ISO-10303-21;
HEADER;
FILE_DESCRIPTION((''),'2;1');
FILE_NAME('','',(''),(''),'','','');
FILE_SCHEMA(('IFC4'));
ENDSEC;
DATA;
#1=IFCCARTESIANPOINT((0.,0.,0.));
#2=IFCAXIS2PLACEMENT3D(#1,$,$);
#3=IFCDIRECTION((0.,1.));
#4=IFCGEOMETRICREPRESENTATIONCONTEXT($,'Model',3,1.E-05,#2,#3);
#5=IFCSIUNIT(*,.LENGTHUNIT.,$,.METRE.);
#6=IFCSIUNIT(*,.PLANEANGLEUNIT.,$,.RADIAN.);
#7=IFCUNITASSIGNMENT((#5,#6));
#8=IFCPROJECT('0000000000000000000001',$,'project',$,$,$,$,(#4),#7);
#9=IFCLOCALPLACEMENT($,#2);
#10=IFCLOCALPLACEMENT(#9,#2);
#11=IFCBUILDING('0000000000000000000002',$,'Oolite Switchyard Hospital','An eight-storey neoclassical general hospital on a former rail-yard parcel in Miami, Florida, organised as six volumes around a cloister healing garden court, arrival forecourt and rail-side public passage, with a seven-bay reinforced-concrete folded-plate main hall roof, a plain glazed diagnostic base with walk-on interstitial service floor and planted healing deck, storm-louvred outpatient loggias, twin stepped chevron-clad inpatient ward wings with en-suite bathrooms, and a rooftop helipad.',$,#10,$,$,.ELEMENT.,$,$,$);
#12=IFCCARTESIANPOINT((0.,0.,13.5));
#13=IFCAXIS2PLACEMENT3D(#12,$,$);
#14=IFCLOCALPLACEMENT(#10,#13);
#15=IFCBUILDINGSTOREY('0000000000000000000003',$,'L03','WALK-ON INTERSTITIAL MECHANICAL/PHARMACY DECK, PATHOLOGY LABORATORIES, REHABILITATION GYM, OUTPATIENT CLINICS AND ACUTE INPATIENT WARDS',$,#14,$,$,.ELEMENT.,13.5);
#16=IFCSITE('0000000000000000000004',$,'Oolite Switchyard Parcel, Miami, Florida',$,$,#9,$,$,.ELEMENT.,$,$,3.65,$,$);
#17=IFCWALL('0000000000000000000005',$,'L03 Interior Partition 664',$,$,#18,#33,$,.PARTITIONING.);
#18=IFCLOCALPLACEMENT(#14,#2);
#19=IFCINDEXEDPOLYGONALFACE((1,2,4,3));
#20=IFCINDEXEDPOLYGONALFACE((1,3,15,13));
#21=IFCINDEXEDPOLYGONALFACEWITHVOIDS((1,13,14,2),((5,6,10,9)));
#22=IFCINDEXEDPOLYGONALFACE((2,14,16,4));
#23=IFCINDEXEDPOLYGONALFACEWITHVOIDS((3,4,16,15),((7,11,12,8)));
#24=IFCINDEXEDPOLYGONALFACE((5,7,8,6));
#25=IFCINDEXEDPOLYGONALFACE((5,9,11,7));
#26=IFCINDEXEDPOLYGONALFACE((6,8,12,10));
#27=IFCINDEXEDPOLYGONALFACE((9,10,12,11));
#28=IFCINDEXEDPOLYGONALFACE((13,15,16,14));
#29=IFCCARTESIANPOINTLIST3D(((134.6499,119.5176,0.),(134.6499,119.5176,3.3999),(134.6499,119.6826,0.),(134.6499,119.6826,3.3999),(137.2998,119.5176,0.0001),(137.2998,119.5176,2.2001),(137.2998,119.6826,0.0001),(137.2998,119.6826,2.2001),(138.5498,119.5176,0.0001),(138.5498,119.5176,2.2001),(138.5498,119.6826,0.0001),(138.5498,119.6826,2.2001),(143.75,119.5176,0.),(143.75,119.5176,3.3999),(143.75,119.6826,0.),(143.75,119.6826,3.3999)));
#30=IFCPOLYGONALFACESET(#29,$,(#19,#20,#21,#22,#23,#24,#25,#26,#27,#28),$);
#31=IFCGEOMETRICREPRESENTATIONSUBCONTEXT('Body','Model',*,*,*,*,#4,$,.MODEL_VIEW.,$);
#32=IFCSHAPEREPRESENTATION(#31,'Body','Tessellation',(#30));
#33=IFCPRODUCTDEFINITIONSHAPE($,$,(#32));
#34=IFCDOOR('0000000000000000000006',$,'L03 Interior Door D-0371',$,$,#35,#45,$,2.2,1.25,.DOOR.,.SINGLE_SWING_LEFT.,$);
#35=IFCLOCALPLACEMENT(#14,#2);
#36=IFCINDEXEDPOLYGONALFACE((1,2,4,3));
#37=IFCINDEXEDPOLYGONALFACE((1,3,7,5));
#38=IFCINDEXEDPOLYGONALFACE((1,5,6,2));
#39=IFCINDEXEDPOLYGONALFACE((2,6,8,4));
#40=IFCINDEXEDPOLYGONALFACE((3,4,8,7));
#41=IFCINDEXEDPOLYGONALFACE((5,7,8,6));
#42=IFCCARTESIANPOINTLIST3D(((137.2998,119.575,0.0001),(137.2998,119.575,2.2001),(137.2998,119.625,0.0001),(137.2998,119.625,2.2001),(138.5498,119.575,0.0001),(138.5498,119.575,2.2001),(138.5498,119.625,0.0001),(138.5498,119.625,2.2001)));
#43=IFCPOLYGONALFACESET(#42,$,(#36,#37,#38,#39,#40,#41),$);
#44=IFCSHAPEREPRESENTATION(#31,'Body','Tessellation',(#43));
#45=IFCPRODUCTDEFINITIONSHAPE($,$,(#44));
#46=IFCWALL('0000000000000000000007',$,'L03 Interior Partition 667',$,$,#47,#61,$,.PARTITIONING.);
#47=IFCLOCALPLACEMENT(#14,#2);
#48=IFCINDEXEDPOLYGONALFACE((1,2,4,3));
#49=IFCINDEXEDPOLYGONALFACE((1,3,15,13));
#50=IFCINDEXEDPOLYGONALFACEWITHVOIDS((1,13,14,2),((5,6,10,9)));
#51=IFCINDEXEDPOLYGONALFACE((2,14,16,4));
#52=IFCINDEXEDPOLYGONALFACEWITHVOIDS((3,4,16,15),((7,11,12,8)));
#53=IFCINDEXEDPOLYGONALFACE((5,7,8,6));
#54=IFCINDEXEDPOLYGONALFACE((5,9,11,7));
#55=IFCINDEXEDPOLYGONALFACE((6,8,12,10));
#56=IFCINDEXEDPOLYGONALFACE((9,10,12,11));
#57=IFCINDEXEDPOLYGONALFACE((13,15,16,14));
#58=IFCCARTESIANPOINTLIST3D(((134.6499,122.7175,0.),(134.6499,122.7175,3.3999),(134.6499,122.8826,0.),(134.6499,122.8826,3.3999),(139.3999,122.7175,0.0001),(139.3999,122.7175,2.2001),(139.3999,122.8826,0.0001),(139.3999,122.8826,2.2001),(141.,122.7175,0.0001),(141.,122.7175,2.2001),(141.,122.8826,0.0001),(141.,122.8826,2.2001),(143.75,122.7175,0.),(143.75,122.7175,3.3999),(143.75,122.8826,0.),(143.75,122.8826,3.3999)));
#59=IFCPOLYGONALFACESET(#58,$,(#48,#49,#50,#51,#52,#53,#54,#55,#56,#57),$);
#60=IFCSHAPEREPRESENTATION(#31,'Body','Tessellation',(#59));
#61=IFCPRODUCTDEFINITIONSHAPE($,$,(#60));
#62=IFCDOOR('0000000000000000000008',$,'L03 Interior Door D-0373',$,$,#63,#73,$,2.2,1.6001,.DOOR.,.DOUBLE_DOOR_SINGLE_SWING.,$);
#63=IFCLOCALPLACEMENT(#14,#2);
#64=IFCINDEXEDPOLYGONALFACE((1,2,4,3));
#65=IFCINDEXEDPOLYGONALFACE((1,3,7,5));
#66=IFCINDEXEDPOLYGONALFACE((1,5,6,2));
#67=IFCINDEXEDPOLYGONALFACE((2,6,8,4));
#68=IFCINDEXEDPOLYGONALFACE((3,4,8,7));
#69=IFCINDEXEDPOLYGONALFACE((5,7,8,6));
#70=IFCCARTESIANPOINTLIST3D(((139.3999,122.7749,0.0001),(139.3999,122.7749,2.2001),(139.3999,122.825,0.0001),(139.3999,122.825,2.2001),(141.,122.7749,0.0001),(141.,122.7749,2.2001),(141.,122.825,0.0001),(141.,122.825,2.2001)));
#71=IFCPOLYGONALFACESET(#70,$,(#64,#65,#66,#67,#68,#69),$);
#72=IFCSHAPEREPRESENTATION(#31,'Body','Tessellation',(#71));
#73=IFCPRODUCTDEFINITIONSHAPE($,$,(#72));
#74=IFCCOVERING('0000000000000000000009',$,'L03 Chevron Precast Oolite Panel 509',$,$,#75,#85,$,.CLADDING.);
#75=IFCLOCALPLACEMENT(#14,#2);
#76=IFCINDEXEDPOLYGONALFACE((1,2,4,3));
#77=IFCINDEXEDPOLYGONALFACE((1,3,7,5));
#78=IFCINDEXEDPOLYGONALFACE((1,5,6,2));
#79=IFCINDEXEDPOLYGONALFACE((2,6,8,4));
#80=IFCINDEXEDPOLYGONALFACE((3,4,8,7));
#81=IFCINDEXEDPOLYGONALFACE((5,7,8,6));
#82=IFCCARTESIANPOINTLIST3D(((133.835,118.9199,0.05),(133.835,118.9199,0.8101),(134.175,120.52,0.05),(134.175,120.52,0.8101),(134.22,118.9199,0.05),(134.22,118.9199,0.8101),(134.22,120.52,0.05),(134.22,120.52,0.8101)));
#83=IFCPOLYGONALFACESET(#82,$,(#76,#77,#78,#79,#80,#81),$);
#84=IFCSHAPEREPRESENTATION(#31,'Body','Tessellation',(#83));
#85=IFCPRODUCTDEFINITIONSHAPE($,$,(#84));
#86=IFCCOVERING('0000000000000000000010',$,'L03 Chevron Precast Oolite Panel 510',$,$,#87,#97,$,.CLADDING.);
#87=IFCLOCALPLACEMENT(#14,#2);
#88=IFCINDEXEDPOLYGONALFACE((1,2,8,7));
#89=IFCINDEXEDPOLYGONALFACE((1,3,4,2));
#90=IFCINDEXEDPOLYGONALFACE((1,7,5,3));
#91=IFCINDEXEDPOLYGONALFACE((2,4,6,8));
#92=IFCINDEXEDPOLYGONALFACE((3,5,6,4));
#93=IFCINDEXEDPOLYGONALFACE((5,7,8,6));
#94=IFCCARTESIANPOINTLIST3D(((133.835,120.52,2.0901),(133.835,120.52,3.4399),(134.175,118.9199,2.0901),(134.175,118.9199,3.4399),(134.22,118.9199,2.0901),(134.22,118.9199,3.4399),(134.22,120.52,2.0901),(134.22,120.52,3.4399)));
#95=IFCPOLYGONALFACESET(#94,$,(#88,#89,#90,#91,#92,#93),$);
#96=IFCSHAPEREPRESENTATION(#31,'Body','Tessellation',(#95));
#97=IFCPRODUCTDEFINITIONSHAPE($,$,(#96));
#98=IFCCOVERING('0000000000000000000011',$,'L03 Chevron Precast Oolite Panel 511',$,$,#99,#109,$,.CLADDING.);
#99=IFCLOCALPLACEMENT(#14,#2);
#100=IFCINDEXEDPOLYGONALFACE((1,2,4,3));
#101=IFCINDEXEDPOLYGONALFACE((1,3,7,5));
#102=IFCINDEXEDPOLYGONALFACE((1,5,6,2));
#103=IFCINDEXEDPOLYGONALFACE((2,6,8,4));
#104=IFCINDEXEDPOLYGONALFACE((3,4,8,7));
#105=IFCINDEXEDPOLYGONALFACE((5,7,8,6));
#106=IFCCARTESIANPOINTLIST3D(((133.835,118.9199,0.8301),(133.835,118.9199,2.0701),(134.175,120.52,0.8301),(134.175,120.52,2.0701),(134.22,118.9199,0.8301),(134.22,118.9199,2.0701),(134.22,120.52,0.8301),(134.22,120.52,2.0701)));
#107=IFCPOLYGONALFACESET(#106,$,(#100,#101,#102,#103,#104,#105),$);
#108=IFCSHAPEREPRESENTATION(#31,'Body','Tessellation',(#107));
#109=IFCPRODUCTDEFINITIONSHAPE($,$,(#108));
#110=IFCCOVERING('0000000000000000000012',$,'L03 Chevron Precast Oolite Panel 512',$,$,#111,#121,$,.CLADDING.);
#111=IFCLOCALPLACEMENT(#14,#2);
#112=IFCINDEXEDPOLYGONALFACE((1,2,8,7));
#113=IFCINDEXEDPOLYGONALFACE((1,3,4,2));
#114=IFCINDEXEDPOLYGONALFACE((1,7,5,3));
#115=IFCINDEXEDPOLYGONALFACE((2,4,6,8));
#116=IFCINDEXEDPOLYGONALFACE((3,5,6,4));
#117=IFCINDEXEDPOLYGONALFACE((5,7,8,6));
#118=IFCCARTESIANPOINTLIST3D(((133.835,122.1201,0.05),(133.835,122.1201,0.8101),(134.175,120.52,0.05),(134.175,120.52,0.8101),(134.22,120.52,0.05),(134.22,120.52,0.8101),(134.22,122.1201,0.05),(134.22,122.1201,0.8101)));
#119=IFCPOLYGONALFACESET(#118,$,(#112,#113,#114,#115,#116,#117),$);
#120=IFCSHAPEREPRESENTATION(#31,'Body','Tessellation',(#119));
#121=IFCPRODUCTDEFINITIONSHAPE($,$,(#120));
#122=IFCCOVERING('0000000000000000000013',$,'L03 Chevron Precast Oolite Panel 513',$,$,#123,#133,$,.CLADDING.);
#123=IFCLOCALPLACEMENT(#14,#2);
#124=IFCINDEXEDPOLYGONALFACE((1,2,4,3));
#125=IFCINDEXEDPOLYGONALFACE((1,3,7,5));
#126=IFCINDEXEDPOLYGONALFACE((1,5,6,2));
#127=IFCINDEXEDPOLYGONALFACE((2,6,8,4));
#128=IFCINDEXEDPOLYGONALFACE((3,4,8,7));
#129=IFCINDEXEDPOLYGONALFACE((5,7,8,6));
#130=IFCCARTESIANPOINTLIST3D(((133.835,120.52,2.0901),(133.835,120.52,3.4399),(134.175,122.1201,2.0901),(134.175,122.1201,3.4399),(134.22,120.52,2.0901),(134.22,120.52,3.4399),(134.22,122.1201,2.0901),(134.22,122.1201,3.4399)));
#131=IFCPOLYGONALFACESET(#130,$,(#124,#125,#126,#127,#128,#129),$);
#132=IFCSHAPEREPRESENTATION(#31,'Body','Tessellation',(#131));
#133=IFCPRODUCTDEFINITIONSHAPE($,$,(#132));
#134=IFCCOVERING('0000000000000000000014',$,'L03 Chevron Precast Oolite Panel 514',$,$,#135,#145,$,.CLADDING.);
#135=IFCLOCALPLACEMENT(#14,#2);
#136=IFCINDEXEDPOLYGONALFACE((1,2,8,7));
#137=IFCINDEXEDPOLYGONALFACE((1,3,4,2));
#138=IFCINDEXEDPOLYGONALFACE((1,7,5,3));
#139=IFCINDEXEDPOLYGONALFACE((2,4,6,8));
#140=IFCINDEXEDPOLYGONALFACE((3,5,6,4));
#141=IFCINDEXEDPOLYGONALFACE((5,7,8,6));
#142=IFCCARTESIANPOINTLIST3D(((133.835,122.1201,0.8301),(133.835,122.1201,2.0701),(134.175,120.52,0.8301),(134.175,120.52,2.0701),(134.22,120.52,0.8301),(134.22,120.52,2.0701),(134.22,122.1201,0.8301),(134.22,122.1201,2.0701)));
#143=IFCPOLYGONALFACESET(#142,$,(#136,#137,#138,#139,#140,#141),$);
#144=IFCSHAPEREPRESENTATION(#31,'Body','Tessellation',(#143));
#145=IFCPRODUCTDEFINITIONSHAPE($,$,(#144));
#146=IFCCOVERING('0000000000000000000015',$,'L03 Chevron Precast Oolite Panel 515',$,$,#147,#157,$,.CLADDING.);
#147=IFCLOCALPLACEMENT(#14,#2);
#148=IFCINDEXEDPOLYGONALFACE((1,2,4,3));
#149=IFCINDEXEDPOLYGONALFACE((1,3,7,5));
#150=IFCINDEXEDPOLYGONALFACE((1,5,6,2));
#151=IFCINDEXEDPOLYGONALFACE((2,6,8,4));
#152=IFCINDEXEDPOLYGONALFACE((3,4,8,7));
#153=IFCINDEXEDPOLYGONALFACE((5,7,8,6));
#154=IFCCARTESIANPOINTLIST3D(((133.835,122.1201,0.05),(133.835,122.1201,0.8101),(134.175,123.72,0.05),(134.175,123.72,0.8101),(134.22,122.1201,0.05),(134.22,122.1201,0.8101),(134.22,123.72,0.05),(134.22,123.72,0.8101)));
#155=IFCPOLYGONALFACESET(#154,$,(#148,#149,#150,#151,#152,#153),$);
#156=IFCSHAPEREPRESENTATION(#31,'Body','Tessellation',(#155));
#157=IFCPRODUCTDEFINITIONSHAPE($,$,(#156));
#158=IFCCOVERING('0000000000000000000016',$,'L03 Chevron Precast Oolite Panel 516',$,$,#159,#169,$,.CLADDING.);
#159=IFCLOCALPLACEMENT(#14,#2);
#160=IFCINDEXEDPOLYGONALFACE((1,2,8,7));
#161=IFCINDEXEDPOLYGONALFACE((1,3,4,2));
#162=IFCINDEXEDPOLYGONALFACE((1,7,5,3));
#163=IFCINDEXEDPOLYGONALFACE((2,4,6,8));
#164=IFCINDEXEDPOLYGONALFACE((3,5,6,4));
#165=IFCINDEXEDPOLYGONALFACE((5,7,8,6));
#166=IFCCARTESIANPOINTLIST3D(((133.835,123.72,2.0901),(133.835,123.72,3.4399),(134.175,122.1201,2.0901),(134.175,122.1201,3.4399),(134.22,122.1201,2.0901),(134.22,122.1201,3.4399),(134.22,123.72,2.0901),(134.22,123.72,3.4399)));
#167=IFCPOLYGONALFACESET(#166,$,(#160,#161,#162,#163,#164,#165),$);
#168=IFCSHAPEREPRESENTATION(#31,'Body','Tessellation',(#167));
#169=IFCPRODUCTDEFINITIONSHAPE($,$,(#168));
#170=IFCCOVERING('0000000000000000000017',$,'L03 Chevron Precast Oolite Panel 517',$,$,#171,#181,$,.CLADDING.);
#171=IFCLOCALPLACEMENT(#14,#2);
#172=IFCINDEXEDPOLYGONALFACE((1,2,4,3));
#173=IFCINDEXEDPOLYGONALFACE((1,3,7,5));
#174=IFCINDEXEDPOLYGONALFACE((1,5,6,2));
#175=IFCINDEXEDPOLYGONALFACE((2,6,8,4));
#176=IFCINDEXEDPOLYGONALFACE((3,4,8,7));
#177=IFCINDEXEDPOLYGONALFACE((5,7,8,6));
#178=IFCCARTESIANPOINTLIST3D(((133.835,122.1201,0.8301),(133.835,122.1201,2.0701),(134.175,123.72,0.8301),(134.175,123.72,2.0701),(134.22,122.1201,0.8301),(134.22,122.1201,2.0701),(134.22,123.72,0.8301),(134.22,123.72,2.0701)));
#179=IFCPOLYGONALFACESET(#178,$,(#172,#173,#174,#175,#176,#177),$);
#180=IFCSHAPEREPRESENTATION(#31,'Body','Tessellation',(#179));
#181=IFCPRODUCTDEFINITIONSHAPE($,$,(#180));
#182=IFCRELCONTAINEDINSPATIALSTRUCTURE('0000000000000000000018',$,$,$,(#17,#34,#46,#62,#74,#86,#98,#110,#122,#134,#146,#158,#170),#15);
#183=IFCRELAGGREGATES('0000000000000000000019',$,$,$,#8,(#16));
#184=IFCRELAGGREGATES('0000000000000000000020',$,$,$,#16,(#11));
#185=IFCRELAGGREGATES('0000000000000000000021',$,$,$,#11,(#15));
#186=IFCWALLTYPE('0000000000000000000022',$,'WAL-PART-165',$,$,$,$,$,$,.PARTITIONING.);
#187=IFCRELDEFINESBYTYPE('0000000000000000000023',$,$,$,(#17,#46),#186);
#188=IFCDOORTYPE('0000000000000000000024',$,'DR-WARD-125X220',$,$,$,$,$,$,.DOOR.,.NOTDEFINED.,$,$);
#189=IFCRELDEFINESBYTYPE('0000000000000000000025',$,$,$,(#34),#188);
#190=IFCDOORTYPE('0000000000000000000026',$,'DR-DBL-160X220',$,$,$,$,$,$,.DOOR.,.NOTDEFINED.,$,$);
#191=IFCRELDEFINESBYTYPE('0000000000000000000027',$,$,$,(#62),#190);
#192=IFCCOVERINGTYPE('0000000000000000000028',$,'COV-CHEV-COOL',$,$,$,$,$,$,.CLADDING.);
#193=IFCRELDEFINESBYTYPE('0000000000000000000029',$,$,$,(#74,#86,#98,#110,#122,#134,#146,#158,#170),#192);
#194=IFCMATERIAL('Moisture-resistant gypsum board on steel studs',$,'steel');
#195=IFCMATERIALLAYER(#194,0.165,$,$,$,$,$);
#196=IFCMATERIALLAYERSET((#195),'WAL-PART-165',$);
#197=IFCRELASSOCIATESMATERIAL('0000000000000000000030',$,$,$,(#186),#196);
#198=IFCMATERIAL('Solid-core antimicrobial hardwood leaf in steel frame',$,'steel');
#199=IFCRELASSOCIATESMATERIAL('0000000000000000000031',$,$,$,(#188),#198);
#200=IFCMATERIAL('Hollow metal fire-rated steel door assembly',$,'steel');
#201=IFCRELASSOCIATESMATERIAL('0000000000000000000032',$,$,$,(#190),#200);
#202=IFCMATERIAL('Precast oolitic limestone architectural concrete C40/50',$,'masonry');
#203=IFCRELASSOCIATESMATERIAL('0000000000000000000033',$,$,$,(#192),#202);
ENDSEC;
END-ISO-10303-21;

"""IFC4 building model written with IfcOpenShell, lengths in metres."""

from ifc_helpers import new_model, si_unit, direction, frame, frame_2d, origin, place, context, subcontext, project, spatial, polyline, rectangle, outline, extrude, material, layer, layer_set, type_object, element, fill, save


model = new_model("IFC4")

# Units and contexts
model_context = context("Model", 3, precision=1e-05, world=origin(), true_north=direction((0.0, 1.0)))
body_context = subcontext(model_context, "Body", "Model", "MODEL_VIEW")
ifc_project = project(units=[si_unit("LENGTHUNIT", "METRE"), si_unit("PLANEANGLEUNIT", "RADIAN")], contexts=[model_context])

# Site, building, storey
site_placement = place(None, origin())
site = spatial("IfcSite", under=ifc_project, at=site_placement, Name="Oolite Switchyard Parcel, Miami, Florida", CompositionType="ELEMENT", RefElevation=3.65)
building_placement = place(site_placement, origin())
building = spatial("IfcBuilding", under=site, at=building_placement, Name="Oolite Switchyard Hospital", Description="An eight-storey neoclassical general hospital on a former rail-yard parcel in Miami, Florida, organised as six volumes around a cloister healing garden court, arrival forecourt and rail-side public passage, with a seven-bay reinforced-concrete folded-plate main hall roof, a plain glazed diagnostic base with walk-on interstitial service floor and planted healing deck, storm-louvred outpatient loggias, twin stepped chevron-clad inpatient ward wings with en-suite bathrooms, and a rooftop helipad.", CompositionType="ELEMENT")
storey_placement = place(building_placement, frame((0.0, 0.0, 13.5)))
storey = spatial("IfcBuildingStorey", under=building, at=storey_placement, Name="L03", Description="WALK-ON INTERSTITIAL MECHANICAL/PHARMACY DECK, PATHOLOGY LABORATORIES, REHABILITATION GYM, OUTPATIENT CLINICS AND ACUTE INPATIENT WARDS", CompositionType="ELEMENT", Elevation=13.5)

# Walls, openings, doors
ifc_material_1 = material(Name="Moisture-resistant gypsum board on steel studs", Category="steel")
ifc_layer = layer(ifc_material_1, 0.165)
ifc_layer_set = layer_set([ifc_layer], Name="WAL-PART-165")
wall_type = type_object("IfcWallType", Name="WAL-PART-165", PredefinedType="PARTITIONING", material=ifc_layer_set)
wall_1_placement = place(storey_placement, frame((134.6499, 119.6001, 0.0), z_axis=(0.0, 0.0, 1.0), x_axis=(1.0, 0.0, 0.0)))
wall_1 = element("IfcWall", 1, at=wall_1_placement, inside=storey, type_object=wall_type, Name="L03 Interior Partition 664", PredefinedType="PARTITIONING", context=body_context, shape_type="SweptSolid", body=[
    extrude(rectangle(XDim=9.1001, YDim=0.165, at=frame_2d((4.55, 0.0))), origin(), (0.0, 0.0, 1.0), 3.3999),
])
opening_1_placement = place(wall_1_placement, frame((2.6499, 0.0, 0.0)))
opening_1 = element("IfcOpeningElement", 2, at=opening_1_placement, cuts=wall_1, PredefinedType="OPENING", context=body_context, shape_type="SweptSolid", body=[
    extrude(rectangle(XDim=1.25, YDim=2.2, at=frame_2d((0.625, 1.1001))), frame((0.0, 0.0925, 0.0), z_axis=(0.0, -1.0, 0.0), x_axis=(1.0, 0.0, 0.0)), (0.0, 0.0, 1.0), 0.1851),
])
ifc_material_2 = material(Name="Solid-core antimicrobial hardwood leaf in steel frame", Category="steel")
door_type_1 = type_object("IfcDoorType", Name="DR-WARD-125X220", OperationType="NOTDEFINED", PredefinedType="DOOR", material=ifc_material_2)
door_1_placement = place(opening_1_placement, origin())
door_1 = element("IfcDoor", 3, at=door_1_placement, inside=storey, type_object=door_type_1, Name="L03 Interior Door D-0371", OperationType="SINGLE_SWING_LEFT", OverallHeight=2.2, OverallWidth=1.25, PredefinedType="DOOR", context=body_context, shape_type="SweptSolid", body=[
    extrude(rectangle(XDim=1.25, YDim=2.2, at=frame_2d((0.625, 1.1001))), frame((0.0, 0.0249, 0.0), z_axis=(0.0, -1.0, 0.0), x_axis=(1.0, 0.0, 0.0)), (0.0, 0.0, 1.0), 0.05),
])
fill(opening_1, door_1)
wall_2_placement = place(storey_placement, frame((134.6499, 122.8, 0.0), z_axis=(0.0, 0.0, 1.0), x_axis=(1.0, 0.0, 0.0)))
wall_2 = element("IfcWall", 4, at=wall_2_placement, inside=storey, type_object=wall_type, Name="L03 Interior Partition 667", PredefinedType="PARTITIONING", context=body_context, shape_type="SweptSolid", body=[
    extrude(rectangle(XDim=9.1001, YDim=0.165, at=frame_2d((4.55, 0.0))), origin(), (0.0, 0.0, 1.0), 3.3999),
])
opening_2_placement = place(wall_2_placement, frame((4.75, 0.0, 0.0)))
opening_2 = element("IfcOpeningElement", 5, at=opening_2_placement, cuts=wall_2, PredefinedType="OPENING", context=body_context, shape_type="SweptSolid", body=[
    extrude(rectangle(XDim=1.6001, YDim=2.2, at=frame_2d((0.8, 1.1001))), frame((0.0, 0.0925, 0.0), z_axis=(0.0, -1.0, 0.0), x_axis=(1.0, 0.0, 0.0)), (0.0, 0.0, 1.0), 0.1851),
])
ifc_material_3 = material(Name="Hollow metal fire-rated steel door assembly", Category="steel")
door_type_2 = type_object("IfcDoorType", Name="DR-DBL-160X220", OperationType="NOTDEFINED", PredefinedType="DOOR", material=ifc_material_3)
door_2_placement = place(opening_2_placement, origin())
door_2 = element("IfcDoor", 6, at=door_2_placement, inside=storey, type_object=door_type_2, Name="L03 Interior Door D-0373", OperationType="DOUBLE_DOOR_SINGLE_SWING", OverallHeight=2.2, OverallWidth=1.6001, PredefinedType="DOOR", context=body_context, shape_type="SweptSolid", body=[
    extrude(rectangle(XDim=1.6001, YDim=2.2, at=frame_2d((0.8, 1.1001))), frame((0.0, 0.0249, 0.0), z_axis=(0.0, -1.0, 0.0), x_axis=(1.0, 0.0, 0.0)), (0.0, 0.0, 1.0), 0.05),
])
fill(opening_2, door_2)

# Coverings
ifc_material_4 = material(Name="Precast oolitic limestone architectural concrete C40/50", Category="masonry")
covering_type = type_object("IfcCoveringType", Name="COV-CHEV-COOL", PredefinedType="CLADDING", material=ifc_material_4)
covering_1_placement = place(storey_placement, frame((134.22, 118.9199, 0.05), z_axis=(0.0, 0.0, 1.0), x_axis=(0.0, 1.0, 0.0)))
element("IfcCovering", 7, at=covering_1_placement, inside=storey, type_object=covering_type, Name="L03 Chevron Precast Oolite Panel 509", PredefinedType="CLADDING", context=body_context, shape_type="SweptSolid", body=[
    extrude(outline(polyline([(0.0, 0.0), (1.6001, 0.0), (1.6001, 0.0449), (0.0, 0.385), (0.0, 0.0)])), origin(), (0.0, 0.0, 1.0), 0.76),
])
covering_2_placement = place(storey_placement, frame((134.22, 118.9199, 2.0901), z_axis=(0.0, 0.0, 1.0), x_axis=(0.0, 1.0, 0.0)))
element("IfcCovering", 8, at=covering_2_placement, inside=storey, type_object=covering_type, Name="L03 Chevron Precast Oolite Panel 510", PredefinedType="CLADDING", context=body_context, shape_type="SweptSolid", body=[
    extrude(outline(polyline([(0.0, 0.0), (1.6001, 0.0), (1.6001, 0.385), (0.0, 0.0449), (0.0, 0.0)])), origin(), (0.0, 0.0, 1.0), 1.3499),
])
covering_3_placement = place(storey_placement, frame((134.22, 118.9199, 0.8301), z_axis=(0.0, 0.0, 1.0), x_axis=(0.0, 1.0, 0.0)))
element("IfcCovering", 9, at=covering_3_placement, inside=storey, type_object=covering_type, Name="L03 Chevron Precast Oolite Panel 511", PredefinedType="CLADDING", context=body_context, shape_type="SweptSolid", body=[
    extrude(outline(polyline([(0.0, 0.0), (1.6001, 0.0), (1.6001, 0.0449), (0.0, 0.385), (0.0, 0.0)])), origin(), (0.0, 0.0, 1.0), 1.24),
])
covering_4_placement = place(storey_placement, frame((134.22, 120.52, 0.05), z_axis=(0.0, 0.0, 1.0), x_axis=(0.0, 1.0, 0.0)))
element("IfcCovering", 10, at=covering_4_placement, inside=storey, type_object=covering_type, Name="L03 Chevron Precast Oolite Panel 512", PredefinedType="CLADDING", context=body_context, shape_type="SweptSolid", body=[
    extrude(outline(polyline([(0.0, 0.0), (1.6001, 0.0), (1.6001, 0.385), (0.0, 0.0449), (0.0, 0.0)])), origin(), (0.0, 0.0, 1.0), 0.76),
])
covering_5_placement = place(storey_placement, frame((134.22, 120.52, 2.0901), z_axis=(0.0, 0.0, 1.0), x_axis=(0.0, 1.0, 0.0)))
element("IfcCovering", 11, at=covering_5_placement, inside=storey, type_object=covering_type, Name="L03 Chevron Precast Oolite Panel 513", PredefinedType="CLADDING", context=body_context, shape_type="SweptSolid", body=[
    extrude(outline(polyline([(0.0, 0.0), (1.6001, 0.0), (1.6001, 0.0449), (0.0, 0.385), (0.0, 0.0)])), origin(), (0.0, 0.0, 1.0), 1.3499),
])
covering_6_placement = place(storey_placement, frame((134.22, 120.52, 0.8301), z_axis=(0.0, 0.0, 1.0), x_axis=(0.0, 1.0, 0.0)))
element("IfcCovering", 12, at=covering_6_placement, inside=storey, type_object=covering_type, Name="L03 Chevron Precast Oolite Panel 514", PredefinedType="CLADDING", context=body_context, shape_type="SweptSolid", body=[
    extrude(outline(polyline([(0.0, 0.0), (1.6001, 0.0), (1.6001, 0.385), (0.0, 0.0449), (0.0, 0.0)])), origin(), (0.0, 0.0, 1.0), 1.24),
])
covering_7_placement = place(storey_placement, frame((134.22, 122.1201, 0.05), z_axis=(0.0, 0.0, 1.0), x_axis=(0.0, 1.0, 0.0)))
element("IfcCovering", 13, at=covering_7_placement, inside=storey, type_object=covering_type, Name="L03 Chevron Precast Oolite Panel 515", PredefinedType="CLADDING", context=body_context, shape_type="SweptSolid", body=[
    extrude(outline(polyline([(0.0, 0.0), (1.5999, 0.0), (1.5999, 0.0449), (0.0, 0.385), (0.0, 0.0)])), origin(), (0.0, 0.0, 1.0), 0.76),
])
covering_8_placement = place(storey_placement, frame((134.22, 122.1201, 2.0901), z_axis=(0.0, 0.0, 1.0), x_axis=(0.0, 1.0, 0.0)))
element("IfcCovering", 14, at=covering_8_placement, inside=storey, type_object=covering_type, Name="L03 Chevron Precast Oolite Panel 516", PredefinedType="CLADDING", context=body_context, shape_type="SweptSolid", body=[
    extrude(outline(polyline([(0.0, 0.0), (1.5999, 0.0), (1.5999, 0.385), (0.0, 0.0449), (0.0, 0.0)])), origin(), (0.0, 0.0, 1.0), 1.3499),
])
covering_9_placement = place(storey_placement, frame((134.22, 122.1201, 0.8301), z_axis=(0.0, 0.0, 1.0), x_axis=(0.0, 1.0, 0.0)))
element("IfcCovering", 15, at=covering_9_placement, inside=storey, type_object=covering_type, Name="L03 Chevron Precast Oolite Panel 517", PredefinedType="CLADDING", context=body_context, shape_type="SweptSolid", body=[
    extrude(outline(polyline([(0.0, 0.0), (1.5999, 0.0), (1.5999, 0.0449), (0.0, 0.385), (0.0, 0.0)])), origin(), (0.0, 0.0, 1.0), 1.24),
])

save(model, "model.ifc")
